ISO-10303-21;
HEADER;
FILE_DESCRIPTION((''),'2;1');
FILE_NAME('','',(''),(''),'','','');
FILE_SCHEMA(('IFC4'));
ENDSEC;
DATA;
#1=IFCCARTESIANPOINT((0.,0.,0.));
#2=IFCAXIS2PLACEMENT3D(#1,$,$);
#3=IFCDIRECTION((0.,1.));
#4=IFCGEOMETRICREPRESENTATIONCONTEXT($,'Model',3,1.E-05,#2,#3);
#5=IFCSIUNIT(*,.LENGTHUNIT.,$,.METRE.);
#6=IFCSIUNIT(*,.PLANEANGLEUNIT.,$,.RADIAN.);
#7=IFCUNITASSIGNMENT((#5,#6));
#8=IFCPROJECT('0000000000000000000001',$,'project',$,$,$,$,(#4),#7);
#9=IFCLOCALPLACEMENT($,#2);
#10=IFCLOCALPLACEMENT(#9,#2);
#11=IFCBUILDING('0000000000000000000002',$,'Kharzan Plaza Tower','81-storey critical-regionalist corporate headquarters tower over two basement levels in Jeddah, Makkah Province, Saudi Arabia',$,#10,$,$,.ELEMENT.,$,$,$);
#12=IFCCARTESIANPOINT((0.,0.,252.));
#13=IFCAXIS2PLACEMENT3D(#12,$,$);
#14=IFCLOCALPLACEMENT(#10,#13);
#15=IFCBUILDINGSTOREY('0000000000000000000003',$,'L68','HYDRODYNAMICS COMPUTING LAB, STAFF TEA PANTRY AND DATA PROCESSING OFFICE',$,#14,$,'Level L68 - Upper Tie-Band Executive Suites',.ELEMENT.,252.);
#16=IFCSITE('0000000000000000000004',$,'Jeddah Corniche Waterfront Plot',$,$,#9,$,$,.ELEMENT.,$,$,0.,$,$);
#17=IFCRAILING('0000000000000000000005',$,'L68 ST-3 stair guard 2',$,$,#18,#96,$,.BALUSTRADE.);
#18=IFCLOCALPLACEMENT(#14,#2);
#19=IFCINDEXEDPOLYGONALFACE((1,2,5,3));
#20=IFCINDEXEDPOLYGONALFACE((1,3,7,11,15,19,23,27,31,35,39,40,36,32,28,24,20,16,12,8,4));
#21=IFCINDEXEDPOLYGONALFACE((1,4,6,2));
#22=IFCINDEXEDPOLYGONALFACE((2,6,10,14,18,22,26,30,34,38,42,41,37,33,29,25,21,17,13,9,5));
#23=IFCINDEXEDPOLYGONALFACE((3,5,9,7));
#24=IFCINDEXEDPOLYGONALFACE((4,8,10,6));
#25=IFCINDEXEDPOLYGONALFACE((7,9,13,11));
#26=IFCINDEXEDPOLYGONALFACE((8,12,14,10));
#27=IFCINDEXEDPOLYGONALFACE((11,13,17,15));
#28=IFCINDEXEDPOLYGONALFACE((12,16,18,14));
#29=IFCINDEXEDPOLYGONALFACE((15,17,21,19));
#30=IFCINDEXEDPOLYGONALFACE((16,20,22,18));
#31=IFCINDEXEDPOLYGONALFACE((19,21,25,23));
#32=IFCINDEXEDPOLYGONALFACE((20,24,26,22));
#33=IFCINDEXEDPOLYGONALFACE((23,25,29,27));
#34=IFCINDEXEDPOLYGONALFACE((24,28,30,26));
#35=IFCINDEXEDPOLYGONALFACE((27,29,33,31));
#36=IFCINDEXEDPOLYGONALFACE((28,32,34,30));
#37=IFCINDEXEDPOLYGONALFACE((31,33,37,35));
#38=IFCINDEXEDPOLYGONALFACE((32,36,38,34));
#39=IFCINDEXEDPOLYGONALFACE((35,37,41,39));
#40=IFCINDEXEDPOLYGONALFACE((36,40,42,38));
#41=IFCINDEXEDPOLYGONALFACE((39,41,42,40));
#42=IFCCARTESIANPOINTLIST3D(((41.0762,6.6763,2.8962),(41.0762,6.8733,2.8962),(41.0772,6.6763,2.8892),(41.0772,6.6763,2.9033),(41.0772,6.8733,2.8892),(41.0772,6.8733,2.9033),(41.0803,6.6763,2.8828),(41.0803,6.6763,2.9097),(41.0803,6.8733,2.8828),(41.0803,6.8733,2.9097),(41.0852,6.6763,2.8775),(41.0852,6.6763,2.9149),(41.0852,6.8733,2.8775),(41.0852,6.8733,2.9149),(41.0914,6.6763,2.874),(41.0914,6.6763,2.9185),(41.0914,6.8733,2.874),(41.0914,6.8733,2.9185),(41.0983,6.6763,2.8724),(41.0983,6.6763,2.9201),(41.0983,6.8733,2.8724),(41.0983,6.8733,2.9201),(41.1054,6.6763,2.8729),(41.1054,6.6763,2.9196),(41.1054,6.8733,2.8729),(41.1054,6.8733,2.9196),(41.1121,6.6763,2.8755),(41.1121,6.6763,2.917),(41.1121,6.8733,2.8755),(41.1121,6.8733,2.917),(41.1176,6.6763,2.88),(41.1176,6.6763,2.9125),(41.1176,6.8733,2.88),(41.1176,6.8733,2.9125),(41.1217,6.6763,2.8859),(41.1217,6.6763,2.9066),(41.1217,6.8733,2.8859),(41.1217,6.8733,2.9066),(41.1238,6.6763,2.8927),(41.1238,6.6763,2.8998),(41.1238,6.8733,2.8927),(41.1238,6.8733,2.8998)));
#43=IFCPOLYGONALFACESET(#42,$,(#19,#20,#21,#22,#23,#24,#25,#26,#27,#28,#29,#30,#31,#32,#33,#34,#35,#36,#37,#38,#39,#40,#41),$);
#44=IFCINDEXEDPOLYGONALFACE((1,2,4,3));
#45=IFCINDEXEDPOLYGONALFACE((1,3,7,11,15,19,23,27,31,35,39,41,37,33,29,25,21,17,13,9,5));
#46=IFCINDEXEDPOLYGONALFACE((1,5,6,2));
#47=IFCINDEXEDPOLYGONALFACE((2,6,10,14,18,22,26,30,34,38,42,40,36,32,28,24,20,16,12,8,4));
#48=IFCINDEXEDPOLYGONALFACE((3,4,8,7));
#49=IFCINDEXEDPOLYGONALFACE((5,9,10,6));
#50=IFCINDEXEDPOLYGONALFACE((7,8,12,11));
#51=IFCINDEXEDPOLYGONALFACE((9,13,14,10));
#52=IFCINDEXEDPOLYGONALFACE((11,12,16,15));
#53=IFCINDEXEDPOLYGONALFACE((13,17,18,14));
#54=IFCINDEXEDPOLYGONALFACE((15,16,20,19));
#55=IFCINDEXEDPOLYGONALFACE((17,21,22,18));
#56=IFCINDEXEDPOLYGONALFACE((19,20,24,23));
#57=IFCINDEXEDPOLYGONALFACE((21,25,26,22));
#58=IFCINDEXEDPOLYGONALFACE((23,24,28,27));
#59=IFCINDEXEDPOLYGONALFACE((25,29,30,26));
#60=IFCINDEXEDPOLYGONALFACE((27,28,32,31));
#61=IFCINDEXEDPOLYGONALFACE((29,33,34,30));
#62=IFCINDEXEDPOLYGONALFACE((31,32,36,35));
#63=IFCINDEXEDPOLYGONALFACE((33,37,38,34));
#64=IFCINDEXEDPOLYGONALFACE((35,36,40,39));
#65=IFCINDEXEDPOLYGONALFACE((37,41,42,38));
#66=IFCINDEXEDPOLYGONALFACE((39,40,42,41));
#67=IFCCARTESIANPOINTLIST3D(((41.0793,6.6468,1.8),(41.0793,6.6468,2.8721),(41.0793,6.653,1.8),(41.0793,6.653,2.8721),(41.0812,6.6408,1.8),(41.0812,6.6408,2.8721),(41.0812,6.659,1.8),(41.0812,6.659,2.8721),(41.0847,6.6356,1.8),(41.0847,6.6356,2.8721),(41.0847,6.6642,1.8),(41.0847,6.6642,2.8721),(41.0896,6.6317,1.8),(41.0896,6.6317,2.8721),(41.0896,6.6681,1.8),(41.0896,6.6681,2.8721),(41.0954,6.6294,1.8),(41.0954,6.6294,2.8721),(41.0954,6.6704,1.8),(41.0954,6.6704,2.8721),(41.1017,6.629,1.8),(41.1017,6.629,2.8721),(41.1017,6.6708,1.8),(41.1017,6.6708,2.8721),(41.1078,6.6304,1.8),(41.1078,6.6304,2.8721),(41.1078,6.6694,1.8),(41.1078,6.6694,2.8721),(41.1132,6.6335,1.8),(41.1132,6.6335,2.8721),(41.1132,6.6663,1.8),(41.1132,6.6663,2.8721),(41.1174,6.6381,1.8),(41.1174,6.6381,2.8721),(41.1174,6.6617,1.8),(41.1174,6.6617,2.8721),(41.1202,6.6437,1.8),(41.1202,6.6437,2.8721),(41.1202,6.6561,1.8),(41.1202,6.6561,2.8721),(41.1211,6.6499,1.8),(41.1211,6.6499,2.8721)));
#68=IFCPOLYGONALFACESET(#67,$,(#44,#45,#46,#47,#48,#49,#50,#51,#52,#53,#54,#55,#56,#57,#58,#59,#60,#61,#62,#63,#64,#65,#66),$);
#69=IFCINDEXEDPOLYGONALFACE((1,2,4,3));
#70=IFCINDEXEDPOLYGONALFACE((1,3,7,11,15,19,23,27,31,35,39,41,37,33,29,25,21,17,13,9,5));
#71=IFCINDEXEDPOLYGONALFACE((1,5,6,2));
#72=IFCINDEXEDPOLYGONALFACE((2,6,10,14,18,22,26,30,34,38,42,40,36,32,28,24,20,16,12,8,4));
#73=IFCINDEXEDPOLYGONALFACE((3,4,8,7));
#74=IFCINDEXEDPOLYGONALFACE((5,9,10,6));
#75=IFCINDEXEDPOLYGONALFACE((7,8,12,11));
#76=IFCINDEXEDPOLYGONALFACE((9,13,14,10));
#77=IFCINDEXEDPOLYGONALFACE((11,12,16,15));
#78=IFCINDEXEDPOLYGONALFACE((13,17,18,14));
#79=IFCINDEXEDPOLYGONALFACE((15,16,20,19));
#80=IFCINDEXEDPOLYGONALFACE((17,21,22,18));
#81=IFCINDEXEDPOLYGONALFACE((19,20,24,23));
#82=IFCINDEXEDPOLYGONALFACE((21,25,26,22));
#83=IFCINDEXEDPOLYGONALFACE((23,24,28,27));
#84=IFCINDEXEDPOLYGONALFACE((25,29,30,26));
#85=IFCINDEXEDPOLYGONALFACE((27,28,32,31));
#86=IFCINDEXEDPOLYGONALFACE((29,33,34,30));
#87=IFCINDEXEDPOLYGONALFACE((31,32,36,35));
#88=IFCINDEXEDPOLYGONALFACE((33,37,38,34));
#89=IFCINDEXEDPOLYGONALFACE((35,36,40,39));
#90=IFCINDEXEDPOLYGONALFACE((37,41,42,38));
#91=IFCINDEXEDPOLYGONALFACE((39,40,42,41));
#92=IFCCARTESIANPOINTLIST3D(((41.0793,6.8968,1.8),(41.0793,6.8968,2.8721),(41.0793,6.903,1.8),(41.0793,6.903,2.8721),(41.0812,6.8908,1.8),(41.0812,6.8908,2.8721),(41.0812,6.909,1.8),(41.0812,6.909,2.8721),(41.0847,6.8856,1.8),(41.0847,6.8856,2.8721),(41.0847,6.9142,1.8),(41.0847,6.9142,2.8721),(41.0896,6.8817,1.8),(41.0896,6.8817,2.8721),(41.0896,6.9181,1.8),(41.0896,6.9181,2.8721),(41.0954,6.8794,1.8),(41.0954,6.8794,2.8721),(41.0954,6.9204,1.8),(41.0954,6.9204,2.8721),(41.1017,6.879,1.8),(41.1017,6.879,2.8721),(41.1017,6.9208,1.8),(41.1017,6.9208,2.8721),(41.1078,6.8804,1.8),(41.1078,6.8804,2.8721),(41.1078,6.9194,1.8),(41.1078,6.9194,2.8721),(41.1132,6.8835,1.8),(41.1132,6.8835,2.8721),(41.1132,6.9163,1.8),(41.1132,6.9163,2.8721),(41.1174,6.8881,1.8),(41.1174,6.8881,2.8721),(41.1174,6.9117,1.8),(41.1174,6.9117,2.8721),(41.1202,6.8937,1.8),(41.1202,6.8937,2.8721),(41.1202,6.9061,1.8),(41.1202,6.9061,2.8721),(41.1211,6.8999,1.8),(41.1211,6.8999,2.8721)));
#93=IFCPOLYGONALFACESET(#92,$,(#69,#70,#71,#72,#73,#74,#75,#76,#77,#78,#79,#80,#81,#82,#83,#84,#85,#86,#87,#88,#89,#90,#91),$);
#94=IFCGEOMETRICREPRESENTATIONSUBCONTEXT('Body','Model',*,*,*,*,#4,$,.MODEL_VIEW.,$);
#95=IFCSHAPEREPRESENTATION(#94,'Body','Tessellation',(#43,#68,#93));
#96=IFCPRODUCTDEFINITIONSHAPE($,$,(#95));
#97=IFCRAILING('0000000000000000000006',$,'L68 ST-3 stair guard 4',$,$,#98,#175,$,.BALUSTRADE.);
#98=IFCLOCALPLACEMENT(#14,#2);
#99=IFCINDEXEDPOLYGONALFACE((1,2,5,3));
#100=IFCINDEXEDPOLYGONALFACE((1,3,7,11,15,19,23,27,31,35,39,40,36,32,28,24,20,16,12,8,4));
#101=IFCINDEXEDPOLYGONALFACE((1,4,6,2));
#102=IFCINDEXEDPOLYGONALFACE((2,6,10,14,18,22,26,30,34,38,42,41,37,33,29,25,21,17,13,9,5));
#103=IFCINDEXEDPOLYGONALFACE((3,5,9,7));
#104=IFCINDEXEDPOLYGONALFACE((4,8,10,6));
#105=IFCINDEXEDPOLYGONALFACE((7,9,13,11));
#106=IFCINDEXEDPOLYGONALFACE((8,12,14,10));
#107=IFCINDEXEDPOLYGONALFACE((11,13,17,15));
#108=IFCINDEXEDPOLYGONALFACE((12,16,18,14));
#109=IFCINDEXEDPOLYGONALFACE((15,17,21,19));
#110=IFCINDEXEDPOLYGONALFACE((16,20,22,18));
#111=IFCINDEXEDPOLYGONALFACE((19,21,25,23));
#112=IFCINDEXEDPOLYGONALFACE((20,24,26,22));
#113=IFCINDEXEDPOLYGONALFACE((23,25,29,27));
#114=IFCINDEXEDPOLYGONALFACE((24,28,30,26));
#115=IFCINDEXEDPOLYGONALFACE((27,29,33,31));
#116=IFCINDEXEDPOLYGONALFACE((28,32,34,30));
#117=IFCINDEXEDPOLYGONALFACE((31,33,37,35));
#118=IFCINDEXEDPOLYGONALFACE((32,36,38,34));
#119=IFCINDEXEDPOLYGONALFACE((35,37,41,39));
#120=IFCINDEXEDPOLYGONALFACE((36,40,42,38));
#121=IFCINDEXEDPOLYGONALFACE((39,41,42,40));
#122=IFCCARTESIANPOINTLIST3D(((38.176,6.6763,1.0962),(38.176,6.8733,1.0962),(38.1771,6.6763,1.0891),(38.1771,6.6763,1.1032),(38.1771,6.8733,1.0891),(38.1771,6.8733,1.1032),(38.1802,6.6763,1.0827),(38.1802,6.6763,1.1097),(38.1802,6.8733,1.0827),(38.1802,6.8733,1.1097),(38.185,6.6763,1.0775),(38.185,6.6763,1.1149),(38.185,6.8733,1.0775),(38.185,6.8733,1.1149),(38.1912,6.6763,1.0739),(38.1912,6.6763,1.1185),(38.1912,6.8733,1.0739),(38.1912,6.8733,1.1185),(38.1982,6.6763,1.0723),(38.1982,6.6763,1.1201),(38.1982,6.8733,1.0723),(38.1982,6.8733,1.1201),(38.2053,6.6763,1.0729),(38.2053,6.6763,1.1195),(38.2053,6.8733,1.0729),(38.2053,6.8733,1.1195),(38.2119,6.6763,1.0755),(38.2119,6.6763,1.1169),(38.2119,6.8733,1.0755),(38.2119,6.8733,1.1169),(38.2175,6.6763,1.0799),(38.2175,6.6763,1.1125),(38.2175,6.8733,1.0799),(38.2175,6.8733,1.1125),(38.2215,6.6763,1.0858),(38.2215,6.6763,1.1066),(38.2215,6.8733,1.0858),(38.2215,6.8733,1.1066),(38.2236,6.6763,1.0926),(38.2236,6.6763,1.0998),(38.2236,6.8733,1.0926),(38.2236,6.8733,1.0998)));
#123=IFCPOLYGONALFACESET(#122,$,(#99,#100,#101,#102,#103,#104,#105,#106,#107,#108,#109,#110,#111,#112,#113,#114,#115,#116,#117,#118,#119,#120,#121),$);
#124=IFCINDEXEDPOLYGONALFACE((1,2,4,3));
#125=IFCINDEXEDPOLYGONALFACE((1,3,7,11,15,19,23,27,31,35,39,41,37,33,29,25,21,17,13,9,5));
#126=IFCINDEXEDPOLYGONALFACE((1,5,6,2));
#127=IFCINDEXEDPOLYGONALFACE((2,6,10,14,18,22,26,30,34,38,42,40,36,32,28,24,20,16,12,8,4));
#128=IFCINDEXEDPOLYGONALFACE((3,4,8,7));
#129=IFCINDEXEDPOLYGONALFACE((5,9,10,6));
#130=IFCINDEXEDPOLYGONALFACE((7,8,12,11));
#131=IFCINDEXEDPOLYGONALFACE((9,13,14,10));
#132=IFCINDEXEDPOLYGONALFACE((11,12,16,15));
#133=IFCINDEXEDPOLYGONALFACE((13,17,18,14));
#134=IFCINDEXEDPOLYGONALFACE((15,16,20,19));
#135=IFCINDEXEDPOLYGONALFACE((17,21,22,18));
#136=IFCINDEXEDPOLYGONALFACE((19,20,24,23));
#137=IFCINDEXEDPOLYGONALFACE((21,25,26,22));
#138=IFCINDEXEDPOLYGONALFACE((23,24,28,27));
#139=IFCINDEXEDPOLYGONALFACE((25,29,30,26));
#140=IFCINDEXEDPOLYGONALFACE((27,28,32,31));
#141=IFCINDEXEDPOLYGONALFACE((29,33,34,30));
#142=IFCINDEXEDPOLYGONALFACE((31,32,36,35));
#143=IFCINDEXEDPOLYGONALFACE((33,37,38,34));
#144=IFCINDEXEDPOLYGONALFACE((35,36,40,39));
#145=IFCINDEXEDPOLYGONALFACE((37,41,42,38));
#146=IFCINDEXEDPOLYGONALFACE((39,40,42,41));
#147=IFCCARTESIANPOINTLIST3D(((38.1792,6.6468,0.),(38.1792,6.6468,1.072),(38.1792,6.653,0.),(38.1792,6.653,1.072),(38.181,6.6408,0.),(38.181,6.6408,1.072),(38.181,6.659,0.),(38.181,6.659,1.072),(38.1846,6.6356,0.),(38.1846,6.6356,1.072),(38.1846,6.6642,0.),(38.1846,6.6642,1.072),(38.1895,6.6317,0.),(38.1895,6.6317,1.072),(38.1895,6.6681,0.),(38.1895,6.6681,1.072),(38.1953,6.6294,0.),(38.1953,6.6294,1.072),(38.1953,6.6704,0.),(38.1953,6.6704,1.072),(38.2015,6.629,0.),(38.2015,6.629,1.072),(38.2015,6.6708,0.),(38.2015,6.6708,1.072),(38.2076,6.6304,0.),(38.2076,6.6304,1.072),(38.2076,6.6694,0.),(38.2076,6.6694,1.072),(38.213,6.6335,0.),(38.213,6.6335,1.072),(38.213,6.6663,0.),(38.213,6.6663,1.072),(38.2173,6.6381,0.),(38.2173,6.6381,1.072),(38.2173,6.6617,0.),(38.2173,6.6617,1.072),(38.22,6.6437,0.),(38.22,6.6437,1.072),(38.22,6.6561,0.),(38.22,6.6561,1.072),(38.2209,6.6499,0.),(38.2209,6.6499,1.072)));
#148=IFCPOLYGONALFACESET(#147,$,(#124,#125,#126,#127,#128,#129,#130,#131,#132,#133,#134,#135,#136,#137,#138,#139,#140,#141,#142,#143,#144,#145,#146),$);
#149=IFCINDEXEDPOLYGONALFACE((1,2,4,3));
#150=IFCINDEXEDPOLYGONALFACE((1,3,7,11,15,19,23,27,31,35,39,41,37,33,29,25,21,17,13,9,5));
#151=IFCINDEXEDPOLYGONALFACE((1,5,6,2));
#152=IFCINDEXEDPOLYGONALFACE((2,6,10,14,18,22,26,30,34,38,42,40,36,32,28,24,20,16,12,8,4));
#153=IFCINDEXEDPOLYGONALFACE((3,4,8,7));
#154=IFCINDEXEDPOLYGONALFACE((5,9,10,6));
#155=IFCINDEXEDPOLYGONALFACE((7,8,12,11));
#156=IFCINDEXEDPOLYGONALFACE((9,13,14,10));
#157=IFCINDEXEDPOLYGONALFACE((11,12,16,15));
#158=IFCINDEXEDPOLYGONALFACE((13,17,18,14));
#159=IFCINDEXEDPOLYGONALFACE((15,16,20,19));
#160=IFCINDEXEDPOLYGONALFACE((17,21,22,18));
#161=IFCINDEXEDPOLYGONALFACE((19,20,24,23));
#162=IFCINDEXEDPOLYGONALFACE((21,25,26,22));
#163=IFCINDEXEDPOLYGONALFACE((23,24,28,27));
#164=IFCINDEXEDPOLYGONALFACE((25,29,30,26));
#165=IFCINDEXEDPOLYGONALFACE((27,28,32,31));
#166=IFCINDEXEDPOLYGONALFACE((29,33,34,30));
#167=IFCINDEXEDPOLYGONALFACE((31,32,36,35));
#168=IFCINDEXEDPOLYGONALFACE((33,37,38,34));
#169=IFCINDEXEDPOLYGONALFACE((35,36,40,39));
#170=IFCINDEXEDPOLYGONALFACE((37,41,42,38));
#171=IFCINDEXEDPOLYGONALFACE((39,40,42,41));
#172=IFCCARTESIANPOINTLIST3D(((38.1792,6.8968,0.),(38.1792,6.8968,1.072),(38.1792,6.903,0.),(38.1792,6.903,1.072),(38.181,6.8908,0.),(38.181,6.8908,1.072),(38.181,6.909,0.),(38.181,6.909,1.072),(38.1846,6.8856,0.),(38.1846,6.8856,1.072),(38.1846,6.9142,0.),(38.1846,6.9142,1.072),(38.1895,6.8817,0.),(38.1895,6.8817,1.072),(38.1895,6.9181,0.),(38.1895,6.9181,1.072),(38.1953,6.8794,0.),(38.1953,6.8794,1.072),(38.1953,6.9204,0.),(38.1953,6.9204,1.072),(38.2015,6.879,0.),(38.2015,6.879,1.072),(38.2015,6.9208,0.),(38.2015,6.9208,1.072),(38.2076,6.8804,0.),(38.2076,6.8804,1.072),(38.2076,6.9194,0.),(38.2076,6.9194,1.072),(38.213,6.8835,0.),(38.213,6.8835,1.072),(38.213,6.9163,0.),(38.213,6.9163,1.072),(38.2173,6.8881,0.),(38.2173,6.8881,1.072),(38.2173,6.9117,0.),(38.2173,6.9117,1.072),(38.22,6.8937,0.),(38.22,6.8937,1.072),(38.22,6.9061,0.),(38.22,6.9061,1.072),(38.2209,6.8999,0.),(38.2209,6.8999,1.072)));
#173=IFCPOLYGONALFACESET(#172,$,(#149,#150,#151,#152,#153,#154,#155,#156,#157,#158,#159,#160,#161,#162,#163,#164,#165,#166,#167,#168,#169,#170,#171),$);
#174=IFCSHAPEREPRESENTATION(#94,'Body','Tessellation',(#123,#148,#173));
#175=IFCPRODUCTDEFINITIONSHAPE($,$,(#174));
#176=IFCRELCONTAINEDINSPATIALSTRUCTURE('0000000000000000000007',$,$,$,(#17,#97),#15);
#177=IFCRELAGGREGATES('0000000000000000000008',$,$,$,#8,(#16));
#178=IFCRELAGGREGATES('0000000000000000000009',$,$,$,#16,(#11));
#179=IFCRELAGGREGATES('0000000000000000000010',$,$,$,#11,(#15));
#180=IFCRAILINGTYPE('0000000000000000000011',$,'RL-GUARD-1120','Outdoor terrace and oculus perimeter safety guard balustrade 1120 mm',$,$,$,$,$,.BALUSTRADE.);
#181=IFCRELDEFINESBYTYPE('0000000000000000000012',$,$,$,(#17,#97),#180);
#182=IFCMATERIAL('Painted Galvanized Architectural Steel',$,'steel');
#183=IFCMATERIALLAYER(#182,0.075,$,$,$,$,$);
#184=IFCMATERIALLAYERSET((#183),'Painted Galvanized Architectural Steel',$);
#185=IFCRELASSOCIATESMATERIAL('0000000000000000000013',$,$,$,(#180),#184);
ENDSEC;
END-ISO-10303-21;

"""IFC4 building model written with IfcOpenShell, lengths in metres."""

from ifc_helpers import new_model, si_unit, direction, frame, origin, origin_2d, place, context, subcontext, project, spatial, circle, extrude, source, transform, mapped, material, layer, layer_set, type_object, element, save


model = new_model("IFC4")

# Units and contexts
model_context = context("Model", 3, precision=1e-05, world=origin(), true_north=direction((0.0, 1.0)))
body_context = subcontext(model_context, "Body", "Model", "MODEL_VIEW")
ifc_project = project(units=[si_unit("LENGTHUNIT", "METRE"), si_unit("PLANEANGLEUNIT", "RADIAN")], contexts=[model_context])

# Site, building, storey
site_placement = place(None, origin())
site = spatial("IfcSite", under=ifc_project, at=site_placement, Name="Jeddah Corniche Waterfront Plot", CompositionType="ELEMENT", RefElevation=0.0)
building_placement = place(site_placement, origin())
building = spatial("IfcBuilding", under=site, at=building_placement, Name="Kharzan Plaza Tower", Description="81-storey critical-regionalist corporate headquarters tower over two basement levels in Jeddah, Makkah Province, Saudi Arabia", CompositionType="ELEMENT")
storey_placement = place(building_placement, frame((0.0, 0.0, 252.0)))
storey = spatial("IfcBuildingStorey", under=building, at=storey_placement, Name="L68", Description="HYDRODYNAMICS COMPUTING LAB, STAFF TEA PANTRY AND DATA PROCESSING OFFICE", LongName="Level L68 - Upper Tie-Band Executive Suites", CompositionType="ELEMENT", Elevation=252.0)

# Railings
ifc_material_1 = material(Name="Painted Galvanized Architectural Steel", Category="steel")
ifc_layer_1 = layer(ifc_material_1, 0.075)
ifc_layer_set_1 = layer_set([ifc_layer_1], Name="Painted Galvanized Architectural Steel")
railing_type_1 = type_object("IfcRailingType", Name="RL-GUARD-1120", Description="Outdoor terrace and oculus perimeter safety guard balustrade 1120 mm", PredefinedType="BALUSTRADE", material=ifc_layer_set_1)
shared_shape_1 = source(origin(), body_context, "Body", "SweptSolid", [
    extrude(circle(Radius=0.0239, at=origin_2d()), frame((0.0, 0.0264, 1.0962), z_axis=(0.0, 1.0, 0.0), x_axis=(-1.0, 0.0, 0.0)), (0.0, 0.0, 1.0), 0.197),
    extrude(circle(Radius=0.021, at=origin_2d()), origin(), (0.0, 0.0, 1.0), 1.072),
    extrude(circle(Radius=0.021, at=origin_2d()), frame((0.0, 0.25, 0.0)), (0.0, 0.0, 1.0), 1.072),
])
for number, where, name in (
    (1, (41.1001, 6.6499, 1.8), "L68 ST-3 stair guard 2"),
    (2, (38.2, 6.6499, 0.0), "L68 ST-3 stair guard 4"),
):
    element("IfcRailing", number, at=place(storey_placement, frame(where)), inside=storey, type_object=railing_type_1, Name=name, PredefinedType="BALUSTRADE", context=body_context, shape_type="MappedRepresentation", body=[
        mapped(shared_shape_1, transform((0.0, 0.0, 0.0), x_axis=(1.0, 0.0, 0.0), y_axis=(0.0, 1.0, 0.0), z_axis=(0.0, 0.0, 1.0))),
    ])

save(model, "model.ifc")
